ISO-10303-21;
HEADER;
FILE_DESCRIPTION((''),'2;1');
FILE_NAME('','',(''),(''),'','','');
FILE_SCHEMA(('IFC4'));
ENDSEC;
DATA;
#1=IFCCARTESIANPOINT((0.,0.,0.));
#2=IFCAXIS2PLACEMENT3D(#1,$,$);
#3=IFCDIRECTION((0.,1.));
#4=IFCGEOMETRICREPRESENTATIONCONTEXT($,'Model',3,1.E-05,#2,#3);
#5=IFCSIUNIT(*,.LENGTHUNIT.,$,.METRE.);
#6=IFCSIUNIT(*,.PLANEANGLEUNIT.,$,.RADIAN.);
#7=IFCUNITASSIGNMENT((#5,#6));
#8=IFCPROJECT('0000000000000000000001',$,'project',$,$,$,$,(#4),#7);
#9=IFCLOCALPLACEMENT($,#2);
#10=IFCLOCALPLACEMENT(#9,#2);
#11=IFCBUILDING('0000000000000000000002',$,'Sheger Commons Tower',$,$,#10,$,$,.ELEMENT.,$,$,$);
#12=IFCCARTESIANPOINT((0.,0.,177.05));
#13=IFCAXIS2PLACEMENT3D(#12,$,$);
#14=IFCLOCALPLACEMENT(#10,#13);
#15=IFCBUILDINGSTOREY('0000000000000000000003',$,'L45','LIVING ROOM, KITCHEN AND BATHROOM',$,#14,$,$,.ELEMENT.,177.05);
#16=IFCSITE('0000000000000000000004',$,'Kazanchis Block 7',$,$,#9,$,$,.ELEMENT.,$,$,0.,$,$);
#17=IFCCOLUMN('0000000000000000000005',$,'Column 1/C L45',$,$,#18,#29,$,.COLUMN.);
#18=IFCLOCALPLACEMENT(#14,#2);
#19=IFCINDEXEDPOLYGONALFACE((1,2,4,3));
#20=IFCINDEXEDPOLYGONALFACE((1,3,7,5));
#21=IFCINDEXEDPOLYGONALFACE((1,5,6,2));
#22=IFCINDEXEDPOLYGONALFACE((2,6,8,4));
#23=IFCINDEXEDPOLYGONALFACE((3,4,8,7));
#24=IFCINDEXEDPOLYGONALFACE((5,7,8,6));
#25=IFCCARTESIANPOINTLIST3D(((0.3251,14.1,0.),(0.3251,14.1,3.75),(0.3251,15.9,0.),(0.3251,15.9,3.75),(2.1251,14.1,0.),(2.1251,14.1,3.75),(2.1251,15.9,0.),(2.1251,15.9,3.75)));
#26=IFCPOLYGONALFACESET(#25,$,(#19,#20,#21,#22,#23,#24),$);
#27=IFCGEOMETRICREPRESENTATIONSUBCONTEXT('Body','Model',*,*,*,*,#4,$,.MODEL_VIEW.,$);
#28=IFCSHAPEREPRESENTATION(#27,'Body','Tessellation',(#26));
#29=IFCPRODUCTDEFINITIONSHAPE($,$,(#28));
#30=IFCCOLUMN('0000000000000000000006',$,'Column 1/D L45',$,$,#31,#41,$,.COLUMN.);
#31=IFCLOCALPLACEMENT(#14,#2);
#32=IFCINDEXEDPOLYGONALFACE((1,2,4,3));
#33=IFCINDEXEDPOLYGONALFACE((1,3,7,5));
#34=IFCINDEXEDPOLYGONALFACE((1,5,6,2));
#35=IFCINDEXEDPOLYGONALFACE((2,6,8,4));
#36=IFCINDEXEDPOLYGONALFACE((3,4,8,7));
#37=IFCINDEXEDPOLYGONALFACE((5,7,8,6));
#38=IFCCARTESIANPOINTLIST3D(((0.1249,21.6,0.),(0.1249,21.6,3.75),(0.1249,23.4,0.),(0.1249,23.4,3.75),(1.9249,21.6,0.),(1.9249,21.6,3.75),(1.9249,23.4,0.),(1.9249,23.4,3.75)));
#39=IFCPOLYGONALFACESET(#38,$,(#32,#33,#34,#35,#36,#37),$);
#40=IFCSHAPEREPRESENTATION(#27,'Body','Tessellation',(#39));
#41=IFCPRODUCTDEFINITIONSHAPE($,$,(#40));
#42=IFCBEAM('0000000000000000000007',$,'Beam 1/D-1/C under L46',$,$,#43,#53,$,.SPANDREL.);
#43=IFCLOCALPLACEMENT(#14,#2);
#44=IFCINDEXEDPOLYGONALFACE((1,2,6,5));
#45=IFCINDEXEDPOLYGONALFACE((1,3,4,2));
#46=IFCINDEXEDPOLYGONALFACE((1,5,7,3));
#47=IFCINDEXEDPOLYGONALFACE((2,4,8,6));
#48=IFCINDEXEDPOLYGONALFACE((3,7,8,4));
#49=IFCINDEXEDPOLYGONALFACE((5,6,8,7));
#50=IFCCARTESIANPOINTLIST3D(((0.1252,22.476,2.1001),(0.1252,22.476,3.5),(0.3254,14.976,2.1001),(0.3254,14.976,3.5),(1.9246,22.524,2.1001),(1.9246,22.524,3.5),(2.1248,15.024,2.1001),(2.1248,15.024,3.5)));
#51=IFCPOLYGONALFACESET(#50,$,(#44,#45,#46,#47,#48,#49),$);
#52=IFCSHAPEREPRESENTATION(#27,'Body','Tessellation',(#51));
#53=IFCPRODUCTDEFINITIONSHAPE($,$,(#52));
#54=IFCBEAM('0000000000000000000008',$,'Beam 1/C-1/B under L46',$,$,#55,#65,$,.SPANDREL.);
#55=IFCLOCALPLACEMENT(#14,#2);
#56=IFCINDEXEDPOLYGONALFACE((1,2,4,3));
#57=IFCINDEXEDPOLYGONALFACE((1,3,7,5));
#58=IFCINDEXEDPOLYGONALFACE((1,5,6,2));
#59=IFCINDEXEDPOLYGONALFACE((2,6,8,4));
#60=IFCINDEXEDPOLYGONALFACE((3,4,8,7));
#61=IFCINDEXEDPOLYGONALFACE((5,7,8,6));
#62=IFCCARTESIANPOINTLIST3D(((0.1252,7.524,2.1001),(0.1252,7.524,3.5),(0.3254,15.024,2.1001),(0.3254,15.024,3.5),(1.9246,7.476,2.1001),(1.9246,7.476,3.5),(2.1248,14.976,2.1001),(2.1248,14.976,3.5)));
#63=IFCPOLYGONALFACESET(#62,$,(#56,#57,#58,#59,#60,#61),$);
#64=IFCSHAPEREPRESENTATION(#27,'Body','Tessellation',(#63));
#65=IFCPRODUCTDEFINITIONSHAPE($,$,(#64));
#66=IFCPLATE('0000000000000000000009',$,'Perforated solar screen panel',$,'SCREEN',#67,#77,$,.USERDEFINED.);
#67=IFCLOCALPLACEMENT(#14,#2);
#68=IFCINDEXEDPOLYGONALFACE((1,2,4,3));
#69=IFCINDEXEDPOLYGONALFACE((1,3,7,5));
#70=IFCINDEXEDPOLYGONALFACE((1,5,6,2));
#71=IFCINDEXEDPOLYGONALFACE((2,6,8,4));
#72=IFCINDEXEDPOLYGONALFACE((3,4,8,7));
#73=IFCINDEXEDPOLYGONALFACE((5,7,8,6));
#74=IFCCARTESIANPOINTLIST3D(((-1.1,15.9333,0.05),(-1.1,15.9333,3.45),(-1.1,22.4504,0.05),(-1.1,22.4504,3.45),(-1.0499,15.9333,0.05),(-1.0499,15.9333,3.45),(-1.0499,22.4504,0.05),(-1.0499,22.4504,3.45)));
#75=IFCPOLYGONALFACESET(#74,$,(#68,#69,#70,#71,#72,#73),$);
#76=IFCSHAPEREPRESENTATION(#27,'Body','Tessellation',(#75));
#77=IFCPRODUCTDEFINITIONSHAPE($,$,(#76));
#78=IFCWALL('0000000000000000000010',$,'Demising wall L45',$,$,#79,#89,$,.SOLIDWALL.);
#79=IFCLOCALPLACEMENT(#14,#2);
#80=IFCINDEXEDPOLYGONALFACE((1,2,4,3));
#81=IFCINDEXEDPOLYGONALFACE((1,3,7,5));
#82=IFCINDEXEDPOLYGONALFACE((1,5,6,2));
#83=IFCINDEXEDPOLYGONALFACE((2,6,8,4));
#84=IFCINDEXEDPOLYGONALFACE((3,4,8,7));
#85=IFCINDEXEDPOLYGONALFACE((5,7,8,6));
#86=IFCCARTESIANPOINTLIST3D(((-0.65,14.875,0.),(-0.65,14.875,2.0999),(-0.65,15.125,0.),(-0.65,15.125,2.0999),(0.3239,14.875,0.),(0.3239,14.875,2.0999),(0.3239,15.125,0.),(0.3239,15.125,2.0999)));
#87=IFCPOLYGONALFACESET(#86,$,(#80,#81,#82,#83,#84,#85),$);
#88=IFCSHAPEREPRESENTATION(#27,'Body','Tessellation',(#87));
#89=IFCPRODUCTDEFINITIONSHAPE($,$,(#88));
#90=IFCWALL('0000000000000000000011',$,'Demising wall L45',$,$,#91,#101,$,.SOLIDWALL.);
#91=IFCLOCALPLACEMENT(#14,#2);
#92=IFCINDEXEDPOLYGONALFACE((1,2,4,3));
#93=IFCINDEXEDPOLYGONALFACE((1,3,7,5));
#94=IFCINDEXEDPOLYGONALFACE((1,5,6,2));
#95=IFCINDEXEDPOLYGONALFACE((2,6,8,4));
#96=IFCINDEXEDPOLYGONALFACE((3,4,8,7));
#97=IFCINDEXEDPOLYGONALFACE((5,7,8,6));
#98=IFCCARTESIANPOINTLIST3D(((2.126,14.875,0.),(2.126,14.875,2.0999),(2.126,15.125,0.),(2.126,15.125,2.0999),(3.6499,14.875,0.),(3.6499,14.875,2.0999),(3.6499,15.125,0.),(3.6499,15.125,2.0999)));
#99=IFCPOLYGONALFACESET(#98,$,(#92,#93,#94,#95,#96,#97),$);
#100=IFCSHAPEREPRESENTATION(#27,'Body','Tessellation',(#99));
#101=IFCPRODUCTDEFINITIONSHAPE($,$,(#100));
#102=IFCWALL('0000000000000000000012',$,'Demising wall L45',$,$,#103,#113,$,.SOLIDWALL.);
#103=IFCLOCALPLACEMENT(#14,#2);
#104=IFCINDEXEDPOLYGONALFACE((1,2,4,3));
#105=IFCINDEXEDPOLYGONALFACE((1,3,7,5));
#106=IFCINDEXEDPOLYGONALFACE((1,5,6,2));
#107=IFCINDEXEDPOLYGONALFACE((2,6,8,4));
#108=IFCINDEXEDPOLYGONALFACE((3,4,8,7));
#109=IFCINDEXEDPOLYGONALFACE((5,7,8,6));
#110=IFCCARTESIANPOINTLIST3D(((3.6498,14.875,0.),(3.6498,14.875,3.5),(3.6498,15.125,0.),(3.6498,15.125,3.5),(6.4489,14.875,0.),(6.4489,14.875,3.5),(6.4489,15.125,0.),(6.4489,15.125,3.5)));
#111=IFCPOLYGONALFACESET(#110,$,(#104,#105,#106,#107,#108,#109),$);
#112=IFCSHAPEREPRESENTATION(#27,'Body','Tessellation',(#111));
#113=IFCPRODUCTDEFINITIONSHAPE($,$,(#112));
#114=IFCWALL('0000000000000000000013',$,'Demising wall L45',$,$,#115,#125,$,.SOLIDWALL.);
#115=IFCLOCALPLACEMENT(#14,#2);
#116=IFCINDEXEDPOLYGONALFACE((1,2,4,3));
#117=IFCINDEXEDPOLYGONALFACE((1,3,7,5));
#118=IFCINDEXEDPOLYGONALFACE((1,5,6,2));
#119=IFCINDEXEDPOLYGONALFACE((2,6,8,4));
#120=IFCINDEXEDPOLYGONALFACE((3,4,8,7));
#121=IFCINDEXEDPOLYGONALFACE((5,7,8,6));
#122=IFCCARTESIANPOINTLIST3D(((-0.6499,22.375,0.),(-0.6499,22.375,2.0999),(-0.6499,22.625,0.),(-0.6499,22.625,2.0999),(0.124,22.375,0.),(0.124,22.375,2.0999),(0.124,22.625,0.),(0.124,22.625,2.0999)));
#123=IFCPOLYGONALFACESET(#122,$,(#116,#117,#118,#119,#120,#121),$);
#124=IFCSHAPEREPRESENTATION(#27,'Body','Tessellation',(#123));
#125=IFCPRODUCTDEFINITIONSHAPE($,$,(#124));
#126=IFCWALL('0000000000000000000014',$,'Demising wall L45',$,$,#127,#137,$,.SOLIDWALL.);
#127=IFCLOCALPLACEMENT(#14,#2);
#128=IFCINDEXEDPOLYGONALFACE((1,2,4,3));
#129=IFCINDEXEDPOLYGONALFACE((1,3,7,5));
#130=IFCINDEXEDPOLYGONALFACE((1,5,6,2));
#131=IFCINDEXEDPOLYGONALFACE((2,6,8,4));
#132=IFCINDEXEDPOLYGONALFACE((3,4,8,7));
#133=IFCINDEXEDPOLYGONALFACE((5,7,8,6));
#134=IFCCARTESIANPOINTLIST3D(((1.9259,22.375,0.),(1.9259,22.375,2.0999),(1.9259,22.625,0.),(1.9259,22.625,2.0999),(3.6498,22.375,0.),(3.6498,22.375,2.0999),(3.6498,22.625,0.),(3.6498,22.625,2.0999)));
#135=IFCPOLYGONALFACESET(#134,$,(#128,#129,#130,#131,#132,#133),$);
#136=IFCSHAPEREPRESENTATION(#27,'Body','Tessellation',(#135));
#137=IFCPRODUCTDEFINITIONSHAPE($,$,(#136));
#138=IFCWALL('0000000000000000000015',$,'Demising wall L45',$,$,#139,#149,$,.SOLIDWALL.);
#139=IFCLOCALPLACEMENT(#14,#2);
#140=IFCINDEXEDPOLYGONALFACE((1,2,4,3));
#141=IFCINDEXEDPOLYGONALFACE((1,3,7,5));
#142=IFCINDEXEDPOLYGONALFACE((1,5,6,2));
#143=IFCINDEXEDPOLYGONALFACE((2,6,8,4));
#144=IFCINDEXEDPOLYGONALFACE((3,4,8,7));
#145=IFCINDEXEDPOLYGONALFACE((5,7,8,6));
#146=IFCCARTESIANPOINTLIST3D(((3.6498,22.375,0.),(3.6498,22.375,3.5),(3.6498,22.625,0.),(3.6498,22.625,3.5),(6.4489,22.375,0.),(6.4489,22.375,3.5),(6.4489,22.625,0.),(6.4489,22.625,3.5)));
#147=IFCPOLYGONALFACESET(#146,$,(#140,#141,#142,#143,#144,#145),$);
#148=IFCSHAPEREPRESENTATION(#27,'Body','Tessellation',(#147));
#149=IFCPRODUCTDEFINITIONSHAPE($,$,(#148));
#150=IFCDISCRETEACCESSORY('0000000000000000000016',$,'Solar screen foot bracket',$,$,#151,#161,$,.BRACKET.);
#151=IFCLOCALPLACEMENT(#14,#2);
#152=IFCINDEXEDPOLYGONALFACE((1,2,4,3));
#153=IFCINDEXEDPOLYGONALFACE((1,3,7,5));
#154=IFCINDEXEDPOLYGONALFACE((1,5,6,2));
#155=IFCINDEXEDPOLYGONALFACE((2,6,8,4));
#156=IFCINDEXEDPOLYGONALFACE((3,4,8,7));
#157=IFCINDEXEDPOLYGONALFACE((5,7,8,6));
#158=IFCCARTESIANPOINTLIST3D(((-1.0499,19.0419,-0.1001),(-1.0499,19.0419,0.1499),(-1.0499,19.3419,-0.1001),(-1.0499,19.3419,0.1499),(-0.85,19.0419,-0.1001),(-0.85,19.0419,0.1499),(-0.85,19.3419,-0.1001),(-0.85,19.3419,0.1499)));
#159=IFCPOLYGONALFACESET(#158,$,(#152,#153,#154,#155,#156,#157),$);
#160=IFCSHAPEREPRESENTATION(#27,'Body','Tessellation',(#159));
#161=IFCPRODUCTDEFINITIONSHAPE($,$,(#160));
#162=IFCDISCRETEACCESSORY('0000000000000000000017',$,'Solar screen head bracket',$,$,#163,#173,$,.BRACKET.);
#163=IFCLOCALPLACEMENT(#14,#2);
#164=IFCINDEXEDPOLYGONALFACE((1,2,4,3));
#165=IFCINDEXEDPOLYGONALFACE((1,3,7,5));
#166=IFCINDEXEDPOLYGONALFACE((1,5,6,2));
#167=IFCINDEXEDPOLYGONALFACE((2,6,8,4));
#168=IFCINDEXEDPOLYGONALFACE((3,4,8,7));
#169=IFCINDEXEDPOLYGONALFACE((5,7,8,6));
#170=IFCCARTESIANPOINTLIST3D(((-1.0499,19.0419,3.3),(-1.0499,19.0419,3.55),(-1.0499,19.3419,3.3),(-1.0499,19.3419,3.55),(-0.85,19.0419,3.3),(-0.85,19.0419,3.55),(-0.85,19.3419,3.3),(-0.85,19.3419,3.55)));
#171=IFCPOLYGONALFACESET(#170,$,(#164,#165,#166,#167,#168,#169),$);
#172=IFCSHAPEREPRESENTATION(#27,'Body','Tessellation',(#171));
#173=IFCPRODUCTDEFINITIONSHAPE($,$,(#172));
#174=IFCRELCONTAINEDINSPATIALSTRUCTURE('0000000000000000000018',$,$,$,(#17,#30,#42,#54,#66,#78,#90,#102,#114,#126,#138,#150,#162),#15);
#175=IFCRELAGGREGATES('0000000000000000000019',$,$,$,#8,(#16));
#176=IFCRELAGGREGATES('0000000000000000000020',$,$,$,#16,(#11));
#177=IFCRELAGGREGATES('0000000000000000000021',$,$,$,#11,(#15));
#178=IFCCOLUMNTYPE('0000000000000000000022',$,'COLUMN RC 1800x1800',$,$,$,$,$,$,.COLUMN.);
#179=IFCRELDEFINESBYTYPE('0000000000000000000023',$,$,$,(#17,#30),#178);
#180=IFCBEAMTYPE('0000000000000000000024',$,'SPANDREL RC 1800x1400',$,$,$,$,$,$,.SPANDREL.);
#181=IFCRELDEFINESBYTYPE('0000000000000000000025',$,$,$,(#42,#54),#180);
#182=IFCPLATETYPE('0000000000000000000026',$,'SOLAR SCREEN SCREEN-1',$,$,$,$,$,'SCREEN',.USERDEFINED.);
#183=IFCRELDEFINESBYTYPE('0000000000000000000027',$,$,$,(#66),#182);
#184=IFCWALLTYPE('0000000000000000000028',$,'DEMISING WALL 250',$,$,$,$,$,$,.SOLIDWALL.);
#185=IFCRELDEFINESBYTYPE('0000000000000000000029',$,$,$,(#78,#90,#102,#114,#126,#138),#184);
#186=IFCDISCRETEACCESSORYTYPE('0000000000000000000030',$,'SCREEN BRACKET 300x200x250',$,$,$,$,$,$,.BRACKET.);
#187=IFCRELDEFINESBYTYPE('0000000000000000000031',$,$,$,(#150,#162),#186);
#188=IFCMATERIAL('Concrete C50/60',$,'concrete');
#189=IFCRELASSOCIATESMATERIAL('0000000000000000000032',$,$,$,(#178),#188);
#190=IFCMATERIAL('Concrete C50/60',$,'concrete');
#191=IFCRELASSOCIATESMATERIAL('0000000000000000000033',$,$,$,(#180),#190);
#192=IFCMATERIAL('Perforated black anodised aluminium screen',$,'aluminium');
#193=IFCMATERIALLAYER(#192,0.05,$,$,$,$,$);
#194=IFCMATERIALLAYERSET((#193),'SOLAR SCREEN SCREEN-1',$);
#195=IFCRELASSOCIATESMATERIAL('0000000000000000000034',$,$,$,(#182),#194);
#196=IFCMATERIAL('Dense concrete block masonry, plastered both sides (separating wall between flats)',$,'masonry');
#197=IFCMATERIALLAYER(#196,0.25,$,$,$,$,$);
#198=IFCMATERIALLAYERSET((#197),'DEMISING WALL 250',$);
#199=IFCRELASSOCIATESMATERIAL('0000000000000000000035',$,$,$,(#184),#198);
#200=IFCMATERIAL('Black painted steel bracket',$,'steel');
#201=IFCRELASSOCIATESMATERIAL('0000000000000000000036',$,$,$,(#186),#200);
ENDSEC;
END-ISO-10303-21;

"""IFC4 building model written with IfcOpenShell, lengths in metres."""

from ifc_helpers import new_model, si_unit, direction, frame, frame_2d, origin, origin_2d, place, context, subcontext, project, spatial, rectangle, extrude, material, layer, layer_set, material_profile, profile_set, type_object, element, save


model = new_model("IFC4")

# Units and contexts
model_context = context("Model", 3, precision=1e-05, world=origin(), true_north=direction((0.0, 1.0)))
body_context = subcontext(model_context, "Body", "Model", "MODEL_VIEW")
ifc_project = project(units=[si_unit("LENGTHUNIT", "METRE"), si_unit("PLANEANGLEUNIT", "RADIAN")], contexts=[model_context])

# Site, building, storey
site_placement = place(None, origin())
site = spatial("IfcSite", under=ifc_project, at=site_placement, Name="Kazanchis Block 7", CompositionType="ELEMENT", RefElevation=0.0)
building_placement = place(site_placement, origin())
building = spatial("IfcBuilding", under=site, at=building_placement, Name="Sheger Commons Tower", CompositionType="ELEMENT")
storey_placement = place(building_placement, frame((0.0, 0.0, 177.05)))
storey = spatial("IfcBuildingStorey", under=building, at=storey_placement, Name="L45", Description="LIVING ROOM, KITCHEN AND BATHROOM", CompositionType="ELEMENT", Elevation=177.05)

# Columns
ifc_material_1 = material(Name="Concrete C50/60", Category="concrete")
ifc_material_profile_1 = material_profile(ifc_material_1, rectangle(XDim=1.8, YDim=1.8, at=origin_2d()), Name="RC 1800x1800")
ifc_profile_set_1 = profile_set([ifc_material_profile_1], Name="Concrete C50/60")
column_type = type_object("IfcColumnType", Name="COLUMN RC 1800x1800", PredefinedType="COLUMN", material=ifc_profile_set_1)
for number, where, z_axis, x_axis, name in (
    (1, (1.2251, 15.0, 0.0), (0.0, 0.0, 1.0), (1.0, 0.0, 0.0), "Column 1/C L45"),
    (2, (1.0249, 22.5, 0.0), (0.0, 0.0, 1.0), (1.0, 0.0, 0.0), "Column 1/D L45"),
):
    element("IfcColumn", number, at=place(storey_placement, frame(where, z_axis=z_axis, x_axis=x_axis)), inside=storey, type_object=column_type, Name=name, PredefinedType="COLUMN", context=body_context, shape_type="SweptSolid", body=[
        extrude(rectangle(XDim=1.8, YDim=1.8, at=origin_2d()), origin(), (0.0, 0.0, 1.0), 3.75),
    ])

# Beams
ifc_material_2 = material(Name="Concrete C50/60", Category="concrete")
ifc_material_profile_2 = material_profile(ifc_material_2, rectangle(XDim=1.8, YDim=1.3999, at=origin_2d()), Name="RC 1800x1400")
ifc_profile_set_2 = profile_set([ifc_material_profile_2], Name="Concrete C50/60")
beam_type = type_object("IfcBeamType", Name="SPANDREL RC 1800x1400", PredefinedType="SPANDREL", material=ifc_profile_set_2)
for number, where, z_axis, x_axis, name in (
    (3, (1.0249, 22.5, 2.8), (0.026683, -0.999644, 0.0), (0.999644, 0.026683, 0.0), "Beam 1/D-1/C under L46"),
    (4, (1.2251, 15.0, 2.8), (-0.026683, -0.999644, 0.0), (0.999644, -0.026683, 0.0), "Beam 1/C-1/B under L46"),
):
    element("IfcBeam", number, at=place(storey_placement, frame(where, z_axis=z_axis, x_axis=x_axis)), inside=storey, type_object=beam_type, Name=name, PredefinedType="SPANDREL", context=body_context, shape_type="SweptSolid", body=[
        extrude(rectangle(XDim=1.8, YDim=1.3999, at=origin_2d()), origin(), (0.0, 0.0, 1.0), 7.5027),
    ])

# Plate
ifc_material_3 = material(Name="Perforated black anodised aluminium screen", Category="aluminium")
ifc_layer_1 = layer(ifc_material_3, 0.05)
ifc_layer_set_1 = layer_set([ifc_layer_1], Name="SOLAR SCREEN SCREEN-1")
plate_type = type_object("IfcPlateType", Name="SOLAR SCREEN SCREEN-1", ElementType="SCREEN", PredefinedType="USERDEFINED", material=ifc_layer_set_1)
plate_placement = place(storey_placement, frame((-1.075, 19.1919, 0.05), z_axis=(0.0, 0.0, 1.0), x_axis=(0.0, -1.0, 0.0)))
element("IfcPlate", 5, at=plate_placement, inside=storey, type_object=plate_type, Name="Perforated solar screen panel", ObjectType="SCREEN", PredefinedType="USERDEFINED", context=body_context, shape_type="SweptSolid", body=[
    extrude(rectangle(XDim=6.5171, YDim=0.05, at=origin_2d()), origin(), (0.0, 0.0, 1.0), 3.3999),
])

# Walls
ifc_material_4 = material(Name="Dense concrete block masonry, plastered both sides (separating wall between flats)", Category="masonry")
ifc_layer_2 = layer(ifc_material_4, 0.25)
ifc_layer_set_2 = layer_set([ifc_layer_2], Name="DEMISING WALL 250")
wall_type = type_object("IfcWallType", Name="DEMISING WALL 250", PredefinedType="SOLIDWALL", material=ifc_layer_set_2)
wall_1_placement = place(storey_placement, frame((-0.6499, 15.0, 0.0), z_axis=(0.0, 0.0, 1.0), x_axis=(1.0, 0.0, 0.0)))
element("IfcWall", 6, at=wall_1_placement, inside=storey, type_object=wall_type, Name="Demising wall L45", PredefinedType="SOLIDWALL", context=body_context, shape_type="SweptSolid", body=[
    extrude(rectangle(XDim=0.9739, YDim=0.25, at=frame_2d((0.4868, 0.0))), origin(), (0.0, 0.0, 1.0), 2.0999),
])
wall_2_placement = place(storey_placement, frame((2.126, 15.0, 0.0), z_axis=(0.0, 0.0, 1.0), x_axis=(1.0, 0.0, 0.0)))
element("IfcWall", 7, at=wall_2_placement, inside=storey, type_object=wall_type, Name="Demising wall L45", PredefinedType="SOLIDWALL", context=body_context, shape_type="SweptSolid", body=[
    extrude(rectangle(XDim=1.5239, YDim=0.25, at=frame_2d((0.762, 0.0))), origin(), (0.0, 0.0, 1.0), 2.0999),
])
wall_3_placement = place(storey_placement, frame((3.6499, 15.0, 0.0), z_axis=(0.0, 0.0, 1.0), x_axis=(1.0, 0.0, 0.0)))
element("IfcWall", 8, at=wall_3_placement, inside=storey, type_object=wall_type, Name="Demising wall L45", PredefinedType="SOLIDWALL", context=body_context, shape_type="SweptSolid", body=[
    extrude(rectangle(XDim=2.7991, YDim=0.25, at=frame_2d((1.3994, 0.0))), origin(), (0.0, 0.0, 1.0), 3.5),
])
wall_4_placement = place(storey_placement, frame((-0.6499, 22.5, 0.0), z_axis=(0.0, 0.0, 1.0), x_axis=(1.0, 0.0, 0.0)))
element("IfcWall", 9, at=wall_4_placement, inside=storey, type_object=wall_type, Name="Demising wall L45", PredefinedType="SOLIDWALL", context=body_context, shape_type="SweptSolid", body=[
    extrude(rectangle(XDim=0.7739, YDim=0.25, at=frame_2d((0.387, 0.0))), origin(), (0.0, 0.0, 1.0), 2.0999),
])
wall_5_placement = place(storey_placement, frame((1.926, 22.5, 0.0), z_axis=(0.0, 0.0, 1.0), x_axis=(1.0, 0.0, 0.0)))
element("IfcWall", 10, at=wall_5_placement, inside=storey, type_object=wall_type, Name="Demising wall L45", PredefinedType="SOLIDWALL", context=body_context, shape_type="SweptSolid", body=[
    extrude(rectangle(XDim=1.7239, YDim=0.25, at=frame_2d((0.8618, 0.0))), origin(), (0.0, 0.0, 1.0), 2.0999),
])
wall_6_placement = place(storey_placement, frame((3.6499, 22.5, 0.0), z_axis=(0.0, 0.0, 1.0), x_axis=(1.0, 0.0, 0.0)))
element("IfcWall", 11, at=wall_6_placement, inside=storey, type_object=wall_type, Name="Demising wall L45", PredefinedType="SOLIDWALL", context=body_context, shape_type="SweptSolid", body=[
    extrude(rectangle(XDim=2.7991, YDim=0.25, at=frame_2d((1.3994, 0.0))), origin(), (0.0, 0.0, 1.0), 3.5),
])

# Discrete accessories
ifc_material_5 = material(Name="Black painted steel bracket", Category="steel")
discrete_accessory_type = type_object("IfcDiscreteAccessoryType", Name="SCREEN BRACKET 300x200x250", PredefinedType="BRACKET", material=ifc_material_5)
for number, where, z_axis, x_axis, name in (
    (12, (-0.95, 19.1919, -0.1001), (0.0, 0.0, 1.0), (0.0, -1.0, 0.0), "Solar screen foot bracket"),
    (13, (-0.95, 19.1919, 3.3), (0.0, 0.0, 1.0), (0.0, -1.0, 0.0), "Solar screen head bracket"),
):
    element("IfcDiscreteAccessory", number, at=place(storey_placement, frame(where, z_axis=z_axis, x_axis=x_axis)), inside=storey, type_object=discrete_accessory_type, Name=name, PredefinedType="BRACKET", context=body_context, shape_type="SweptSolid", body=[
        extrude(rectangle(XDim=0.3, YDim=0.2, at=origin_2d()), origin(), (0.0, 0.0, 1.0), 0.25),
    ])

save(model, "model.ifc")
